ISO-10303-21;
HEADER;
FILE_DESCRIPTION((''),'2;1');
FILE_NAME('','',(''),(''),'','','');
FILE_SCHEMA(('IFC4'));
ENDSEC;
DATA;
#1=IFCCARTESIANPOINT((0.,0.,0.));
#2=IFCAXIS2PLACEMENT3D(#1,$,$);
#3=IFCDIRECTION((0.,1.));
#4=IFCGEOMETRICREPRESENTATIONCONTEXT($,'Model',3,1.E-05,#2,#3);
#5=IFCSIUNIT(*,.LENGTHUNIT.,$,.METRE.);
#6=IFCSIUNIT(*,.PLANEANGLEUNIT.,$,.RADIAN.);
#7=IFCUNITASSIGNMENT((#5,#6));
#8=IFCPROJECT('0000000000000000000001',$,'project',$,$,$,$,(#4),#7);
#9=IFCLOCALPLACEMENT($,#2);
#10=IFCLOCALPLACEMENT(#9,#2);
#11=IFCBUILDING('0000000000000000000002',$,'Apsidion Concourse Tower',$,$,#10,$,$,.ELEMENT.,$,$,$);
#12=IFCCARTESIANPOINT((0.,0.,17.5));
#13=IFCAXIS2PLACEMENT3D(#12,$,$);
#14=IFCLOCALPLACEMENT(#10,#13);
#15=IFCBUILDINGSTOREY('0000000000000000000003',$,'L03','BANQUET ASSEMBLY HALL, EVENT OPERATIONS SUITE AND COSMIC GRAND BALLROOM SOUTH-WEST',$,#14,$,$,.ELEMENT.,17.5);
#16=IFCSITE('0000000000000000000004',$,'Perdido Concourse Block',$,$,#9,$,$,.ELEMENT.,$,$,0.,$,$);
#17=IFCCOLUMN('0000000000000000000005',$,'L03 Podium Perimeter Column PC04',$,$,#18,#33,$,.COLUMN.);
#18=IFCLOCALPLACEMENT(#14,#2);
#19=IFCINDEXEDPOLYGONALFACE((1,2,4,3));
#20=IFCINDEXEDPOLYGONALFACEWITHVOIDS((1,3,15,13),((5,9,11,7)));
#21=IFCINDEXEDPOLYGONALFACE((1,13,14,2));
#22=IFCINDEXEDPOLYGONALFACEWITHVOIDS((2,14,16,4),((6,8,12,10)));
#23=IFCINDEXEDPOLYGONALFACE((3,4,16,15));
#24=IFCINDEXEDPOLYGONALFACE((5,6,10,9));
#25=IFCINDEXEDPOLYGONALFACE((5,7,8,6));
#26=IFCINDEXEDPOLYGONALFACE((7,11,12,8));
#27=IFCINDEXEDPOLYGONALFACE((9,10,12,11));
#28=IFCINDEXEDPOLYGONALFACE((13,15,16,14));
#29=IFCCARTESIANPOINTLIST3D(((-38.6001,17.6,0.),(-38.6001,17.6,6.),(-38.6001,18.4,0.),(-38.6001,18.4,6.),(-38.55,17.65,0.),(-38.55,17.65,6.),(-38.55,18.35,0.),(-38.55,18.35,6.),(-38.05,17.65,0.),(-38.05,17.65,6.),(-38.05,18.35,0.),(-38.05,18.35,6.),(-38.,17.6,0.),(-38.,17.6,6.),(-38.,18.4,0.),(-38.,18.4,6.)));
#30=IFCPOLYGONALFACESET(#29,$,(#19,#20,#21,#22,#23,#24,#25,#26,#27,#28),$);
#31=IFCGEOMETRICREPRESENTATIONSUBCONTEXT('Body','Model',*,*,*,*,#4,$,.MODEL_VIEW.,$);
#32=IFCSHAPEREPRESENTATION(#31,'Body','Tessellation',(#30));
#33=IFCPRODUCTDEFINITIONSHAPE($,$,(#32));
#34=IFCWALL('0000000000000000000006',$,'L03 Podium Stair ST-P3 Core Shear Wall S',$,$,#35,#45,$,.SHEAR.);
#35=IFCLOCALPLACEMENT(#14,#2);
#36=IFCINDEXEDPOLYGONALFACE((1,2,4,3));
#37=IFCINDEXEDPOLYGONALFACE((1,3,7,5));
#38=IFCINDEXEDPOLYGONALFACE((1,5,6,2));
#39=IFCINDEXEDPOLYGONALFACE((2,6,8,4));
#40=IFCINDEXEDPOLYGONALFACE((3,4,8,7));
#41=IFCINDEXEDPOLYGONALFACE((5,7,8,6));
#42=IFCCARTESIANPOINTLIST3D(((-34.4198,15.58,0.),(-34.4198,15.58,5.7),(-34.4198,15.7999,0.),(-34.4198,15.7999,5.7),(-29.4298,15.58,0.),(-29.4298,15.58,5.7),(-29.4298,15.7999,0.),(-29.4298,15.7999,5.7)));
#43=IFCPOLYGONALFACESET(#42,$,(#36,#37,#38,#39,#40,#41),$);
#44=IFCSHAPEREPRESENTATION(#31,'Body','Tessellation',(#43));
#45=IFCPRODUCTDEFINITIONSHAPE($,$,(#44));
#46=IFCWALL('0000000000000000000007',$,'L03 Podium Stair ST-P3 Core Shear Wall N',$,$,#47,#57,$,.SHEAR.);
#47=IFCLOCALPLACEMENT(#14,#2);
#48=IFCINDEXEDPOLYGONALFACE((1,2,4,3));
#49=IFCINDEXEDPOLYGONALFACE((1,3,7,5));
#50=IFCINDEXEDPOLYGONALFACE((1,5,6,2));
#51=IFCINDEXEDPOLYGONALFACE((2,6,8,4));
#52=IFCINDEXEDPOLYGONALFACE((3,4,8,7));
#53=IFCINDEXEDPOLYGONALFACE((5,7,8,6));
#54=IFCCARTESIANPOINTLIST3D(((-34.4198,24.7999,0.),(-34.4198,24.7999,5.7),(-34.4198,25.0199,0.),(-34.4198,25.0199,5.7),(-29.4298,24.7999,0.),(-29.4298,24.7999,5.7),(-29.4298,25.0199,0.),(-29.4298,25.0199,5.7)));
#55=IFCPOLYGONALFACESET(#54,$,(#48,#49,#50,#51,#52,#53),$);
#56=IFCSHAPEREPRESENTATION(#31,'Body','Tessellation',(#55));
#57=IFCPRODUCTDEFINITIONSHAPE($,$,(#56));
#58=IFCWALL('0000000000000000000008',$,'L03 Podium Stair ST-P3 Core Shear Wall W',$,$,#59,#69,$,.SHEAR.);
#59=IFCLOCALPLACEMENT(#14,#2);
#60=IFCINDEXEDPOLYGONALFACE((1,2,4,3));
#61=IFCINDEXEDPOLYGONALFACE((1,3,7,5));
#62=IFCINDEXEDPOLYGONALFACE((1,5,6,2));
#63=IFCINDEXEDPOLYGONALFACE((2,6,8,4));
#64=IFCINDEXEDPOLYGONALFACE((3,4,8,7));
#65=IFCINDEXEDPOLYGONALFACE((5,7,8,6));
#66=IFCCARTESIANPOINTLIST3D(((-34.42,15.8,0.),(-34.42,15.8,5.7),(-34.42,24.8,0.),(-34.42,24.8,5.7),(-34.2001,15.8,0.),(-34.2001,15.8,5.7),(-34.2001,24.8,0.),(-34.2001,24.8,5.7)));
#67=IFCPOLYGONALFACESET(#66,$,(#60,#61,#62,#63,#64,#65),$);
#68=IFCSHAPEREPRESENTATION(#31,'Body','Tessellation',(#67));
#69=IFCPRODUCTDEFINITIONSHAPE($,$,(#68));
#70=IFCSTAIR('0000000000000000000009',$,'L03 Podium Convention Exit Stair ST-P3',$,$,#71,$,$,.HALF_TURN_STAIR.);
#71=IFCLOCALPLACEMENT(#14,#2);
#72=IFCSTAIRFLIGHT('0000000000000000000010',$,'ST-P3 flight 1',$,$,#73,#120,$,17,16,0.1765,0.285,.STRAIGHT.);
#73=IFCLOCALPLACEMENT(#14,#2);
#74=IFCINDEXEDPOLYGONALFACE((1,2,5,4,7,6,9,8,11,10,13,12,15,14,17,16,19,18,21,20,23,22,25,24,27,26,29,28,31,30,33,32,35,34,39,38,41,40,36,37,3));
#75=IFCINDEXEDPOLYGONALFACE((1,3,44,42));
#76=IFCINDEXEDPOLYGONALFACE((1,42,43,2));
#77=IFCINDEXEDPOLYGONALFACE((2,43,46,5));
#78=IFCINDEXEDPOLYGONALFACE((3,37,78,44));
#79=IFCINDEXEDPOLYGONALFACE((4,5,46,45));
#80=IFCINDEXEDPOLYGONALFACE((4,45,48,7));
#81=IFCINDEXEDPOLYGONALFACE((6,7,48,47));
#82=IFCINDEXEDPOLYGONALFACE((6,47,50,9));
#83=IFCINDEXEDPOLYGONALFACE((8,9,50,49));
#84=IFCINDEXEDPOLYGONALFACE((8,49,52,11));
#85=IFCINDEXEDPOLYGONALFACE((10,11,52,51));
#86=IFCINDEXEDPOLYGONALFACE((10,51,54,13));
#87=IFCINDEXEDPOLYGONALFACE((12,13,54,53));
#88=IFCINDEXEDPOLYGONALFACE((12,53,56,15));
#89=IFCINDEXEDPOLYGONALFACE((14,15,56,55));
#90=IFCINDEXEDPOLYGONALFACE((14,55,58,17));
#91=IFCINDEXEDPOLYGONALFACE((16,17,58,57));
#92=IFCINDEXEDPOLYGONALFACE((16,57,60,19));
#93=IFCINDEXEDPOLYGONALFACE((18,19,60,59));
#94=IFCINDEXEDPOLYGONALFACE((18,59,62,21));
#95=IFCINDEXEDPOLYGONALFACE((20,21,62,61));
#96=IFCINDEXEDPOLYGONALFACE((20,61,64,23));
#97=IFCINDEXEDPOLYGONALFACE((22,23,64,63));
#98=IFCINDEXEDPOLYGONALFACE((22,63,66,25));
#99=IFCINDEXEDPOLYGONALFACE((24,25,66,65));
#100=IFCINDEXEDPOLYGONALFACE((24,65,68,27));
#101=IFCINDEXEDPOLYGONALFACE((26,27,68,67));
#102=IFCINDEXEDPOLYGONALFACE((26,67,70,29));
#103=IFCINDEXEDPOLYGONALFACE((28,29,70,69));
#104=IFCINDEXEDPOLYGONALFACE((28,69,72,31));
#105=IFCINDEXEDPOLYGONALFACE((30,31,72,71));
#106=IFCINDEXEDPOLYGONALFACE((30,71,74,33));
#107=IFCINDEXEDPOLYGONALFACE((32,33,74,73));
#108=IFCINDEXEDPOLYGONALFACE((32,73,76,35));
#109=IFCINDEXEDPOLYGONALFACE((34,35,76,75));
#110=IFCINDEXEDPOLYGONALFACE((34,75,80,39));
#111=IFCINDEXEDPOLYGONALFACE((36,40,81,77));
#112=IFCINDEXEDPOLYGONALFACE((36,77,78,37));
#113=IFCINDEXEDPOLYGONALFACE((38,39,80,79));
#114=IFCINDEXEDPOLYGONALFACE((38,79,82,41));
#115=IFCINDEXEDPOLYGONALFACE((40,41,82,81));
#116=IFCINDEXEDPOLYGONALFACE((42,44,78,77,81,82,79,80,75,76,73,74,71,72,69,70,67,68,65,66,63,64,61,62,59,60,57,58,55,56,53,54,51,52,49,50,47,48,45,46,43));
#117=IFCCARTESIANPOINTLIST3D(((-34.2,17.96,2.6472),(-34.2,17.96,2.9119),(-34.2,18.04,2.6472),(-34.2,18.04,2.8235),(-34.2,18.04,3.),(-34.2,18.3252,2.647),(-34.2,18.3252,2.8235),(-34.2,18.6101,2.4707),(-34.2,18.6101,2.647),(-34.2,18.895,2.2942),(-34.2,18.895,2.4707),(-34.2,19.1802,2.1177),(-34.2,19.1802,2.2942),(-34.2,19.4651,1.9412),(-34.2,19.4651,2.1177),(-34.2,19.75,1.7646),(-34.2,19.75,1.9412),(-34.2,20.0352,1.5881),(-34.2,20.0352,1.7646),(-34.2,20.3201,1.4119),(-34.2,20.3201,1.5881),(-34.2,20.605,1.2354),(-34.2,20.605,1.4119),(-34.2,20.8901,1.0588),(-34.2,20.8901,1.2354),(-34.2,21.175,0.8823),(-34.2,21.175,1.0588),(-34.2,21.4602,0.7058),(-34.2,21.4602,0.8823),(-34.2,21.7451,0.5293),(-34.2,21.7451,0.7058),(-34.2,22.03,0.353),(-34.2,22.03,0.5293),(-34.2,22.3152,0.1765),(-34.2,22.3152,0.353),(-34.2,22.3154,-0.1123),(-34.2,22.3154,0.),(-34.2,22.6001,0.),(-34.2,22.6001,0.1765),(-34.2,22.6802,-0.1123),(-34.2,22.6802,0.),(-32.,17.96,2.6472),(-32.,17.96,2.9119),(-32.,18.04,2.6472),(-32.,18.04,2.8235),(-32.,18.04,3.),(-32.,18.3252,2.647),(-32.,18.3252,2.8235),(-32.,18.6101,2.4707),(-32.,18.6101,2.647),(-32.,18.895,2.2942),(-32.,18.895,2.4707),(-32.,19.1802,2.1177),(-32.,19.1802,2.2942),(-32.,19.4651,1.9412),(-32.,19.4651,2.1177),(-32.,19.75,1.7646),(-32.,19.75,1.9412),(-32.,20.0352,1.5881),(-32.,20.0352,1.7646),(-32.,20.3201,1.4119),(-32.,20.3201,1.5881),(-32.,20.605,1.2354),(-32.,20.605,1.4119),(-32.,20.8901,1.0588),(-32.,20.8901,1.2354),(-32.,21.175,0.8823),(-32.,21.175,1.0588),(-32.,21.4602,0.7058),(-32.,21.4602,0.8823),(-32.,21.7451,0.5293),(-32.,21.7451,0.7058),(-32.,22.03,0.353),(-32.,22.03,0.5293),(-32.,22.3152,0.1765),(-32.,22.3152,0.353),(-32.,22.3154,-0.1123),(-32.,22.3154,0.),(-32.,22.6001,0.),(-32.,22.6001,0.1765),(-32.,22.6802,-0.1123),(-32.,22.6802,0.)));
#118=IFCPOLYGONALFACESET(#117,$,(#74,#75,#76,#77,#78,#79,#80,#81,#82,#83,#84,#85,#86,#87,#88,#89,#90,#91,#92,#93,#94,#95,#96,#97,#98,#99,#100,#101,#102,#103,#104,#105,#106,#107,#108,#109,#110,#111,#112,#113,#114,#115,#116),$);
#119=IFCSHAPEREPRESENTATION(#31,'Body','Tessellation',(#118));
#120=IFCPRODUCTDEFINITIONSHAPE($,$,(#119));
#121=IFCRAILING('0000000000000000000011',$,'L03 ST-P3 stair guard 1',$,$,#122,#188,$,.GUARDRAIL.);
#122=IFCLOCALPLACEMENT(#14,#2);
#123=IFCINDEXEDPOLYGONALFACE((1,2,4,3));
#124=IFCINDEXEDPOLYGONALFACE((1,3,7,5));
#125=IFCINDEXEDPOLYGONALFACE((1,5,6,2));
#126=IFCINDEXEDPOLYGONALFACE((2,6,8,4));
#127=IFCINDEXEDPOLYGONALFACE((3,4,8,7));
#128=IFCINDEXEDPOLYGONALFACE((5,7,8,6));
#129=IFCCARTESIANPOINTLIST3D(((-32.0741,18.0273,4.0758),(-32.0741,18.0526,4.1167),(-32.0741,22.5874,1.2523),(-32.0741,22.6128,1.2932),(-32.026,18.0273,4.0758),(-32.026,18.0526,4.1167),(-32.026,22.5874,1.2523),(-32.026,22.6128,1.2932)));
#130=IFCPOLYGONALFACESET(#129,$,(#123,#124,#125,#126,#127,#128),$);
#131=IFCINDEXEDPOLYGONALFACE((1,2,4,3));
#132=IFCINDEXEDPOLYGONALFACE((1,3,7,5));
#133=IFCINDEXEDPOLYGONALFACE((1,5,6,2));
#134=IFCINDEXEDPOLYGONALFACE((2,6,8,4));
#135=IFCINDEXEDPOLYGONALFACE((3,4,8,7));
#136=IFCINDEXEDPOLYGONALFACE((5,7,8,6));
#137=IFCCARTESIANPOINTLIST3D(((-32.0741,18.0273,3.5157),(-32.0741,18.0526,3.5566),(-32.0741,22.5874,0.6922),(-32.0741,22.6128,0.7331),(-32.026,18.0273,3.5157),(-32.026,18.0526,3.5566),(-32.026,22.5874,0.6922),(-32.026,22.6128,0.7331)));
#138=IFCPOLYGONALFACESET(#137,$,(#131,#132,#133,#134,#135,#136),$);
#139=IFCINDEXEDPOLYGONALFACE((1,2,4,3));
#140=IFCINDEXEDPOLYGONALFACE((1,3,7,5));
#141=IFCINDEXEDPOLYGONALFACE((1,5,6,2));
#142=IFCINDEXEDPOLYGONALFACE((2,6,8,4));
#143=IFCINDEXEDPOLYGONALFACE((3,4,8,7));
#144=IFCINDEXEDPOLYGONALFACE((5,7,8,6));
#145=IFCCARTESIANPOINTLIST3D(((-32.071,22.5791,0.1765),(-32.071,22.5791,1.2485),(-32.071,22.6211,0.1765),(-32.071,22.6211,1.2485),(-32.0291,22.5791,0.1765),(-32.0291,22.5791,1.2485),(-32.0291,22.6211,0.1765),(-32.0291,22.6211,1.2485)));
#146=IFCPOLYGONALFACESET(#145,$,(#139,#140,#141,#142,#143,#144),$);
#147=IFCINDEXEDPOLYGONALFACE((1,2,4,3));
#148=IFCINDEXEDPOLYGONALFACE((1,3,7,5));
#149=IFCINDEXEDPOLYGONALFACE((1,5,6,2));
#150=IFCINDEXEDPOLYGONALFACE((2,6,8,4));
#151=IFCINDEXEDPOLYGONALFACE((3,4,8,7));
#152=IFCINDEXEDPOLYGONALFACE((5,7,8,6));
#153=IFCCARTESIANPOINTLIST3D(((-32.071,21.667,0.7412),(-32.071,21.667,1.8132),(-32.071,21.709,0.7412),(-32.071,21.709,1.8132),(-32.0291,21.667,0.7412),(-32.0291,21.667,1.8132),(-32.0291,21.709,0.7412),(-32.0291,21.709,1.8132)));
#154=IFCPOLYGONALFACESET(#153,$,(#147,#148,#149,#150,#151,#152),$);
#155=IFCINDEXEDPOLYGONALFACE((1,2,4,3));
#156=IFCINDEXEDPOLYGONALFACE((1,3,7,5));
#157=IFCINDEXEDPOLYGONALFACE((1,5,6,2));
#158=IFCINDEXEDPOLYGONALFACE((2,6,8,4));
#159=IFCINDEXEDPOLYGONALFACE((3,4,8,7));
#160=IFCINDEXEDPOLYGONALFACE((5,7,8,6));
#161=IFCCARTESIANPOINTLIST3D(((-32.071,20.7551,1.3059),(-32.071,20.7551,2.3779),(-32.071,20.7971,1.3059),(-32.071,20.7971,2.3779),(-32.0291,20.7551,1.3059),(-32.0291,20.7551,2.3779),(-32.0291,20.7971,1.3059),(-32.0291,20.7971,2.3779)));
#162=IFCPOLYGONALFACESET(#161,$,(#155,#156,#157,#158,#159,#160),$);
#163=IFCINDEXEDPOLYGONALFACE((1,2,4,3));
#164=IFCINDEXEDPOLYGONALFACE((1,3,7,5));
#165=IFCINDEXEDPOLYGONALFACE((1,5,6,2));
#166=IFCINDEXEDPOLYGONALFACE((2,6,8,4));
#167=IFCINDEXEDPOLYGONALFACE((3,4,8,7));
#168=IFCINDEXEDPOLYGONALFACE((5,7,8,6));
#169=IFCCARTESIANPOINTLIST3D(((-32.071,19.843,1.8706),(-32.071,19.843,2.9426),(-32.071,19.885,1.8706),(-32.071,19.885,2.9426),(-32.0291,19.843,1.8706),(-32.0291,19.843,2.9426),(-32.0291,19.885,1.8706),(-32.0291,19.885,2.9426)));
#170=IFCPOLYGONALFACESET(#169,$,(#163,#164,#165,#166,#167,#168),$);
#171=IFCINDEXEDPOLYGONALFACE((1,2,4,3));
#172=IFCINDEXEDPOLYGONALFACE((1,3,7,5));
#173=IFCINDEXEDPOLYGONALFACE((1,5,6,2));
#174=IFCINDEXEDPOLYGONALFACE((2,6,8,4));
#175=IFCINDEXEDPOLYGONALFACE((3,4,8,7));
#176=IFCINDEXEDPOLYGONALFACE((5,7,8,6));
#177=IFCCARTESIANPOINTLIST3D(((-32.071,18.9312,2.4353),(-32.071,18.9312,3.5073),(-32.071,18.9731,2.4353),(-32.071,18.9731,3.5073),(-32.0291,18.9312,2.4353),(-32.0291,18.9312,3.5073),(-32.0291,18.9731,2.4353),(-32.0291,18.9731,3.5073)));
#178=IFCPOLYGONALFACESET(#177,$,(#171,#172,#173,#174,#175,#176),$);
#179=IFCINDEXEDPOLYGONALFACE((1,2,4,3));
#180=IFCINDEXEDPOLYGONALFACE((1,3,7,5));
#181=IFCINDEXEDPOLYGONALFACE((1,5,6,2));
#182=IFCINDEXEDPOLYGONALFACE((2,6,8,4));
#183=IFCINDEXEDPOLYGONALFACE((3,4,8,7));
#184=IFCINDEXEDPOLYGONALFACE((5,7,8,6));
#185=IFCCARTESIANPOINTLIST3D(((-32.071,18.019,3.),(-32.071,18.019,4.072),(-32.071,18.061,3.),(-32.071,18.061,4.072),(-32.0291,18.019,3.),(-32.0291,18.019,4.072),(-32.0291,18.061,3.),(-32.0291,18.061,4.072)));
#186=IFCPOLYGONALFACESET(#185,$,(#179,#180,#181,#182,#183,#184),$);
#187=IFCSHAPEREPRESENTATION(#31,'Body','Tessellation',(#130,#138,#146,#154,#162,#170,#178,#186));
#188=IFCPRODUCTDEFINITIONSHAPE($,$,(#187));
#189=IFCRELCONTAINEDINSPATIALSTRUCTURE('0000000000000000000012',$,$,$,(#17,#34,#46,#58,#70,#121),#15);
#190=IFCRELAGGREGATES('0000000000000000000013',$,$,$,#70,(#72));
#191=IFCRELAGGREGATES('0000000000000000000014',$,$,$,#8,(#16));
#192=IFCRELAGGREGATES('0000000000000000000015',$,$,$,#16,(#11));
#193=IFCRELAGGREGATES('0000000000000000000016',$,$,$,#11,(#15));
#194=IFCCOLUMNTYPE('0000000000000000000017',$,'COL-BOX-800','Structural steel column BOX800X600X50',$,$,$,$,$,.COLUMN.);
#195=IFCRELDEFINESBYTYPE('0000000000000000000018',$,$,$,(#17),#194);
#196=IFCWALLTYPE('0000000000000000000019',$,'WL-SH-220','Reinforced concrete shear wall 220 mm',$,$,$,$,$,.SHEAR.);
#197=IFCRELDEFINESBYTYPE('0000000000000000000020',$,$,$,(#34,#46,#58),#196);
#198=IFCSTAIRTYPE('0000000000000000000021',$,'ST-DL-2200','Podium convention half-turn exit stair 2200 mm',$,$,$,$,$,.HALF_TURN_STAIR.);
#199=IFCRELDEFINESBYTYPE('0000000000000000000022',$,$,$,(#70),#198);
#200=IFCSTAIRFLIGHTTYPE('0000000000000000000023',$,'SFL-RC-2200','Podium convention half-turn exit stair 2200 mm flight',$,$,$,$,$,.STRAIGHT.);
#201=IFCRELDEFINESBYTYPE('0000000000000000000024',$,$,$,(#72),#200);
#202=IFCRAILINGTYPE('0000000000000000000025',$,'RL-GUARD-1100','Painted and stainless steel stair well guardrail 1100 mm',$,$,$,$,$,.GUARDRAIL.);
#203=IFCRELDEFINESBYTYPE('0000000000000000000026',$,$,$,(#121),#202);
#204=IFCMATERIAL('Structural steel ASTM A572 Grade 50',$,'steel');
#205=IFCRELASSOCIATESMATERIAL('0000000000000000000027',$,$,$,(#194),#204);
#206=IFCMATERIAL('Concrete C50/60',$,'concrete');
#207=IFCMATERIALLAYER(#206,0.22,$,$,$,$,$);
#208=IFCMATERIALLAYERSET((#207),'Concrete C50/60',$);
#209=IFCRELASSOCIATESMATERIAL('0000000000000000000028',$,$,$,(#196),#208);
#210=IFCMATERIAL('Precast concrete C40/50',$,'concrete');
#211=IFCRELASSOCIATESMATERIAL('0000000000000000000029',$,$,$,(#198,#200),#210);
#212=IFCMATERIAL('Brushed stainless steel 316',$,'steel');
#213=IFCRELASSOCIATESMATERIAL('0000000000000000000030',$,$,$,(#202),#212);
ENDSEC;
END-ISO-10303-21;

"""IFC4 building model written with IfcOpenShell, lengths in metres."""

from ifc_helpers import new_model, si_unit, direction, frame, frame_2d, origin, origin_2d, place, context, subcontext, project, spatial, polyline, rectangle, hollow_rectangle, outline, extrude, material, layer, layer_set, material_profile, profile_set, type_object, element, aggregate, save


model = new_model("IFC4")

# Units and contexts
model_context = context("Model", 3, precision=1e-05, world=origin(), true_north=direction((0.0, 1.0)))
body_context = subcontext(model_context, "Body", "Model", "MODEL_VIEW")
ifc_project = project(units=[si_unit("LENGTHUNIT", "METRE"), si_unit("PLANEANGLEUNIT", "RADIAN")], contexts=[model_context])

# Site, building, storey
site_placement = place(None, origin())
site = spatial("IfcSite", under=ifc_project, at=site_placement, Name="Perdido Concourse Block", CompositionType="ELEMENT", RefElevation=0.0)
building_placement = place(site_placement, origin())
building = spatial("IfcBuilding", under=site, at=building_placement, Name="Apsidion Concourse Tower", CompositionType="ELEMENT")
storey_placement = place(building_placement, frame((0.0, 0.0, 17.5)))
storey = spatial("IfcBuildingStorey", under=building, at=storey_placement, Name="L03", Description="BANQUET ASSEMBLY HALL, EVENT OPERATIONS SUITE AND COSMIC GRAND BALLROOM SOUTH-WEST", CompositionType="ELEMENT", Elevation=17.5)

# Column
ifc_material_1 = material(Name="Structural steel ASTM A572 Grade 50", Category="steel")
ifc_material_profile = material_profile(ifc_material_1, hollow_rectangle(XDim=0.6001, YDim=0.8, WallThickness=0.05, at=origin_2d()), Name="BOX800X600X50")
ifc_profile_set = profile_set([ifc_material_profile], Name="Structural steel ASTM A572 Grade 50")
column_type = type_object("IfcColumnType", Name="COL-BOX-800", Description="Structural steel column BOX800X600X50", PredefinedType="COLUMN", material=ifc_profile_set)
column_placement = place(storey_placement, frame((-38.3, 18.0, 0.0), z_axis=(0.0, 0.0, 1.0), x_axis=(1.0, 0.0, 0.0)))
element("IfcColumn", 1, at=column_placement, inside=storey, type_object=column_type, Name="L03 Podium Perimeter Column PC04", PredefinedType="COLUMN", context=body_context, shape_type="SweptSolid", body=[
    extrude(hollow_rectangle(XDim=0.6001, YDim=0.8, WallThickness=0.05, at=origin_2d()), origin(), (0.0, 0.0, 1.0), 6.0),
])

# Shared definitions
ifc_material_2 = material(Name="Precast concrete C40/50", Category="concrete")

# Walls
ifc_material_3 = material(Name="Concrete C50/60", Category="concrete")
ifc_layer_1 = layer(ifc_material_3, 0.22)
ifc_layer_set_1 = layer_set([ifc_layer_1], Name="Concrete C50/60")
wall_type_1 = type_object("IfcWallType", Name="WL-SH-220", Description="Reinforced concrete shear wall 220 mm", PredefinedType="SHEAR", material=ifc_layer_set_1)
for number, where, z_axis, x_axis, name in (
    (2, (-34.4199, 15.6899, 0.0), (0.0, 0.0, 1.0), (1.0, 0.0, 0.0), "L03 Podium Stair ST-P3 Core Shear Wall S"),
    (3, (-34.4199, 24.9099, 0.0), (0.0, 0.0, 1.0), (1.0, 0.0, 0.0), "L03 Podium Stair ST-P3 Core Shear Wall N"),
):
    element("IfcWall", number, at=place(storey_placement, frame(where, z_axis=z_axis, x_axis=x_axis)), inside=storey, type_object=wall_type_1, Name=name, PredefinedType="SHEAR", context=body_context, shape_type="SweptSolid", body=[
        extrude(rectangle(XDim=4.99, YDim=0.22, at=frame_2d((2.4951, 0.0))), origin(), (0.0, 0.0, 1.0), 5.7),
    ])
wall_1_placement = place(storey_placement, frame((-34.3101, 15.8, 0.0), z_axis=(0.0, 0.0, 1.0), x_axis=(0.0, 1.0, 0.0)))
element("IfcWall", 4, at=wall_1_placement, inside=storey, type_object=wall_type_1, Name="L03 Podium Stair ST-P3 Core Shear Wall W", PredefinedType="SHEAR", context=body_context, shape_type="SweptSolid", body=[
    extrude(rectangle(XDim=9.0, YDim=0.22, at=frame_2d((4.5, 0.0))), origin(), (0.0, 0.0, 1.0), 5.7),
])

# Stair, stair flight
stair_type = type_object("IfcStairType", Name="ST-DL-2200", Description="Podium convention half-turn exit stair 2200 mm", PredefinedType="HALF_TURN_STAIR", material=ifc_material_2)
stair_placement = place(storey_placement, origin())
stair = element("IfcStair", 5, at=stair_placement, inside=storey, type_object=stair_type, Name="L03 Podium Convention Exit Stair ST-P3", PredefinedType="HALF_TURN_STAIR")
stair_flight_type = type_object("IfcStairFlightType", Name="SFL-RC-2200", Description="Podium convention half-turn exit stair 2200 mm flight", PredefinedType="STRAIGHT", material=ifc_material_2)
stair_flight_placement = place(storey_placement, frame((-33.1001, 22.6001, 0.0), z_axis=(0.0, 0.0, 1.0), x_axis=(0.0, -1.0, 0.0)))
stair_flight = element("IfcStairFlight", 6, at=stair_flight_placement, type_object=stair_flight_type, Name="ST-P3 flight 1", NumberOfRisers=17, NumberOfTreads=16, PredefinedType="STRAIGHT", RiserHeight=0.1765, TreadLength=0.285, context=body_context, shape_type="SweptSolid", body=[
    extrude(outline(polyline([(-0.0801, -0.1123), (-0.0801, 0.0), (0.0, 0.0), (0.0, 0.1765), (0.2849, 0.1765), (0.2849, 0.353), (0.5701, 0.353), (0.5701, 0.5293), (0.855, 0.5293), (0.855, 0.7058), (1.1399, 0.7058), (1.1399, 0.8823), (1.425, 0.8823), (1.425, 1.0588), (1.71, 1.0588), (1.71, 1.2354), (1.9951, 1.2354), (1.9951, 1.4119), (2.28, 1.4119), (2.28, 1.5881), (2.5649, 1.5881), (2.5649, 1.7646), (2.8501, 1.7646), (2.8501, 1.9412), (3.135, 1.9412), (3.135, 2.1177), (3.4199, 2.1177), (3.4199, 2.2942), (3.7051, 2.2942), (3.7051, 2.4707), (3.99, 2.4707), (3.99, 2.647), (4.2749, 2.647), (4.2749, 2.8235), (4.5601, 2.8235), (4.5601, 3.0), (4.6401, 2.9119), (4.6401, 2.6472), (4.5601, 2.6472), (0.2847, 0.0), (0.2847, -0.1123), (-0.0801, -0.1123)])), frame((0.0, 1.1001, 0.0), z_axis=(0.0, -1.0, 0.0), x_axis=(1.0, 0.0, 0.0)), (0.0, 0.0, 1.0), 2.2),
])
aggregate(stair, [stair_flight])

# Railing
ifc_material_4 = material(Name="Brushed stainless steel 316", Category="steel")
railing_type_1 = type_object("IfcRailingType", Name="RL-GUARD-1100", Description="Painted and stainless steel stair well guardrail 1100 mm", PredefinedType="GUARDRAIL", material=ifc_material_4)
railing_1_placement = place(storey_placement, frame((-32.05, 22.6001, 0.1765)))
element("IfcRailing", 7, at=railing_1_placement, inside=storey, type_object=railing_type_1, Name="L03 ST-P3 stair guard 1", PredefinedType="GUARDRAIL", context=body_context, shape_type="SweptSolid", body=[
    extrude(rectangle(XDim=0.0481, YDim=0.0481, at=origin_2d()), frame((0.0, 0.0, 1.0962), z_axis=(0.0, -0.850216, 0.526435), x_axis=(1.0, 0.0, 0.0)), (0.0, 0.0, 1.0), 5.3635),
    extrude(rectangle(XDim=0.0481, YDim=0.0481, at=origin_2d()), frame((0.0, 0.0, 0.5361), z_axis=(0.0, -0.850216, 0.526435), x_axis=(1.0, 0.0, 0.0)), (0.0, 0.0, 1.0), 5.3635),
    extrude(rectangle(XDim=0.042, YDim=0.042, at=origin_2d()), origin(), (0.0, 0.0, 1.0), 1.072),
    extrude(rectangle(XDim=0.042, YDim=0.042, at=origin_2d()), frame((0.0, -0.9121, 0.5647)), (0.0, 0.0, 1.0), 1.072),
    extrude(rectangle(XDim=0.042, YDim=0.042, at=origin_2d()), frame((0.0, -1.824, 1.1294)), (0.0, 0.0, 1.0), 1.072),
    extrude(rectangle(XDim=0.042, YDim=0.042, at=origin_2d()), frame((0.0, -2.7361, 1.6941)), (0.0, 0.0, 1.0), 1.072),
    extrude(rectangle(XDim=0.042, YDim=0.042, at=origin_2d()), frame((0.0, -3.6479, 2.2588)), (0.0, 0.0, 1.0), 1.072),
    extrude(rectangle(XDim=0.042, YDim=0.042, at=origin_2d()), frame((0.0, -4.5601, 2.8235)), (0.0, 0.0, 1.0), 1.072),
])

save(model, "model.ifc")
